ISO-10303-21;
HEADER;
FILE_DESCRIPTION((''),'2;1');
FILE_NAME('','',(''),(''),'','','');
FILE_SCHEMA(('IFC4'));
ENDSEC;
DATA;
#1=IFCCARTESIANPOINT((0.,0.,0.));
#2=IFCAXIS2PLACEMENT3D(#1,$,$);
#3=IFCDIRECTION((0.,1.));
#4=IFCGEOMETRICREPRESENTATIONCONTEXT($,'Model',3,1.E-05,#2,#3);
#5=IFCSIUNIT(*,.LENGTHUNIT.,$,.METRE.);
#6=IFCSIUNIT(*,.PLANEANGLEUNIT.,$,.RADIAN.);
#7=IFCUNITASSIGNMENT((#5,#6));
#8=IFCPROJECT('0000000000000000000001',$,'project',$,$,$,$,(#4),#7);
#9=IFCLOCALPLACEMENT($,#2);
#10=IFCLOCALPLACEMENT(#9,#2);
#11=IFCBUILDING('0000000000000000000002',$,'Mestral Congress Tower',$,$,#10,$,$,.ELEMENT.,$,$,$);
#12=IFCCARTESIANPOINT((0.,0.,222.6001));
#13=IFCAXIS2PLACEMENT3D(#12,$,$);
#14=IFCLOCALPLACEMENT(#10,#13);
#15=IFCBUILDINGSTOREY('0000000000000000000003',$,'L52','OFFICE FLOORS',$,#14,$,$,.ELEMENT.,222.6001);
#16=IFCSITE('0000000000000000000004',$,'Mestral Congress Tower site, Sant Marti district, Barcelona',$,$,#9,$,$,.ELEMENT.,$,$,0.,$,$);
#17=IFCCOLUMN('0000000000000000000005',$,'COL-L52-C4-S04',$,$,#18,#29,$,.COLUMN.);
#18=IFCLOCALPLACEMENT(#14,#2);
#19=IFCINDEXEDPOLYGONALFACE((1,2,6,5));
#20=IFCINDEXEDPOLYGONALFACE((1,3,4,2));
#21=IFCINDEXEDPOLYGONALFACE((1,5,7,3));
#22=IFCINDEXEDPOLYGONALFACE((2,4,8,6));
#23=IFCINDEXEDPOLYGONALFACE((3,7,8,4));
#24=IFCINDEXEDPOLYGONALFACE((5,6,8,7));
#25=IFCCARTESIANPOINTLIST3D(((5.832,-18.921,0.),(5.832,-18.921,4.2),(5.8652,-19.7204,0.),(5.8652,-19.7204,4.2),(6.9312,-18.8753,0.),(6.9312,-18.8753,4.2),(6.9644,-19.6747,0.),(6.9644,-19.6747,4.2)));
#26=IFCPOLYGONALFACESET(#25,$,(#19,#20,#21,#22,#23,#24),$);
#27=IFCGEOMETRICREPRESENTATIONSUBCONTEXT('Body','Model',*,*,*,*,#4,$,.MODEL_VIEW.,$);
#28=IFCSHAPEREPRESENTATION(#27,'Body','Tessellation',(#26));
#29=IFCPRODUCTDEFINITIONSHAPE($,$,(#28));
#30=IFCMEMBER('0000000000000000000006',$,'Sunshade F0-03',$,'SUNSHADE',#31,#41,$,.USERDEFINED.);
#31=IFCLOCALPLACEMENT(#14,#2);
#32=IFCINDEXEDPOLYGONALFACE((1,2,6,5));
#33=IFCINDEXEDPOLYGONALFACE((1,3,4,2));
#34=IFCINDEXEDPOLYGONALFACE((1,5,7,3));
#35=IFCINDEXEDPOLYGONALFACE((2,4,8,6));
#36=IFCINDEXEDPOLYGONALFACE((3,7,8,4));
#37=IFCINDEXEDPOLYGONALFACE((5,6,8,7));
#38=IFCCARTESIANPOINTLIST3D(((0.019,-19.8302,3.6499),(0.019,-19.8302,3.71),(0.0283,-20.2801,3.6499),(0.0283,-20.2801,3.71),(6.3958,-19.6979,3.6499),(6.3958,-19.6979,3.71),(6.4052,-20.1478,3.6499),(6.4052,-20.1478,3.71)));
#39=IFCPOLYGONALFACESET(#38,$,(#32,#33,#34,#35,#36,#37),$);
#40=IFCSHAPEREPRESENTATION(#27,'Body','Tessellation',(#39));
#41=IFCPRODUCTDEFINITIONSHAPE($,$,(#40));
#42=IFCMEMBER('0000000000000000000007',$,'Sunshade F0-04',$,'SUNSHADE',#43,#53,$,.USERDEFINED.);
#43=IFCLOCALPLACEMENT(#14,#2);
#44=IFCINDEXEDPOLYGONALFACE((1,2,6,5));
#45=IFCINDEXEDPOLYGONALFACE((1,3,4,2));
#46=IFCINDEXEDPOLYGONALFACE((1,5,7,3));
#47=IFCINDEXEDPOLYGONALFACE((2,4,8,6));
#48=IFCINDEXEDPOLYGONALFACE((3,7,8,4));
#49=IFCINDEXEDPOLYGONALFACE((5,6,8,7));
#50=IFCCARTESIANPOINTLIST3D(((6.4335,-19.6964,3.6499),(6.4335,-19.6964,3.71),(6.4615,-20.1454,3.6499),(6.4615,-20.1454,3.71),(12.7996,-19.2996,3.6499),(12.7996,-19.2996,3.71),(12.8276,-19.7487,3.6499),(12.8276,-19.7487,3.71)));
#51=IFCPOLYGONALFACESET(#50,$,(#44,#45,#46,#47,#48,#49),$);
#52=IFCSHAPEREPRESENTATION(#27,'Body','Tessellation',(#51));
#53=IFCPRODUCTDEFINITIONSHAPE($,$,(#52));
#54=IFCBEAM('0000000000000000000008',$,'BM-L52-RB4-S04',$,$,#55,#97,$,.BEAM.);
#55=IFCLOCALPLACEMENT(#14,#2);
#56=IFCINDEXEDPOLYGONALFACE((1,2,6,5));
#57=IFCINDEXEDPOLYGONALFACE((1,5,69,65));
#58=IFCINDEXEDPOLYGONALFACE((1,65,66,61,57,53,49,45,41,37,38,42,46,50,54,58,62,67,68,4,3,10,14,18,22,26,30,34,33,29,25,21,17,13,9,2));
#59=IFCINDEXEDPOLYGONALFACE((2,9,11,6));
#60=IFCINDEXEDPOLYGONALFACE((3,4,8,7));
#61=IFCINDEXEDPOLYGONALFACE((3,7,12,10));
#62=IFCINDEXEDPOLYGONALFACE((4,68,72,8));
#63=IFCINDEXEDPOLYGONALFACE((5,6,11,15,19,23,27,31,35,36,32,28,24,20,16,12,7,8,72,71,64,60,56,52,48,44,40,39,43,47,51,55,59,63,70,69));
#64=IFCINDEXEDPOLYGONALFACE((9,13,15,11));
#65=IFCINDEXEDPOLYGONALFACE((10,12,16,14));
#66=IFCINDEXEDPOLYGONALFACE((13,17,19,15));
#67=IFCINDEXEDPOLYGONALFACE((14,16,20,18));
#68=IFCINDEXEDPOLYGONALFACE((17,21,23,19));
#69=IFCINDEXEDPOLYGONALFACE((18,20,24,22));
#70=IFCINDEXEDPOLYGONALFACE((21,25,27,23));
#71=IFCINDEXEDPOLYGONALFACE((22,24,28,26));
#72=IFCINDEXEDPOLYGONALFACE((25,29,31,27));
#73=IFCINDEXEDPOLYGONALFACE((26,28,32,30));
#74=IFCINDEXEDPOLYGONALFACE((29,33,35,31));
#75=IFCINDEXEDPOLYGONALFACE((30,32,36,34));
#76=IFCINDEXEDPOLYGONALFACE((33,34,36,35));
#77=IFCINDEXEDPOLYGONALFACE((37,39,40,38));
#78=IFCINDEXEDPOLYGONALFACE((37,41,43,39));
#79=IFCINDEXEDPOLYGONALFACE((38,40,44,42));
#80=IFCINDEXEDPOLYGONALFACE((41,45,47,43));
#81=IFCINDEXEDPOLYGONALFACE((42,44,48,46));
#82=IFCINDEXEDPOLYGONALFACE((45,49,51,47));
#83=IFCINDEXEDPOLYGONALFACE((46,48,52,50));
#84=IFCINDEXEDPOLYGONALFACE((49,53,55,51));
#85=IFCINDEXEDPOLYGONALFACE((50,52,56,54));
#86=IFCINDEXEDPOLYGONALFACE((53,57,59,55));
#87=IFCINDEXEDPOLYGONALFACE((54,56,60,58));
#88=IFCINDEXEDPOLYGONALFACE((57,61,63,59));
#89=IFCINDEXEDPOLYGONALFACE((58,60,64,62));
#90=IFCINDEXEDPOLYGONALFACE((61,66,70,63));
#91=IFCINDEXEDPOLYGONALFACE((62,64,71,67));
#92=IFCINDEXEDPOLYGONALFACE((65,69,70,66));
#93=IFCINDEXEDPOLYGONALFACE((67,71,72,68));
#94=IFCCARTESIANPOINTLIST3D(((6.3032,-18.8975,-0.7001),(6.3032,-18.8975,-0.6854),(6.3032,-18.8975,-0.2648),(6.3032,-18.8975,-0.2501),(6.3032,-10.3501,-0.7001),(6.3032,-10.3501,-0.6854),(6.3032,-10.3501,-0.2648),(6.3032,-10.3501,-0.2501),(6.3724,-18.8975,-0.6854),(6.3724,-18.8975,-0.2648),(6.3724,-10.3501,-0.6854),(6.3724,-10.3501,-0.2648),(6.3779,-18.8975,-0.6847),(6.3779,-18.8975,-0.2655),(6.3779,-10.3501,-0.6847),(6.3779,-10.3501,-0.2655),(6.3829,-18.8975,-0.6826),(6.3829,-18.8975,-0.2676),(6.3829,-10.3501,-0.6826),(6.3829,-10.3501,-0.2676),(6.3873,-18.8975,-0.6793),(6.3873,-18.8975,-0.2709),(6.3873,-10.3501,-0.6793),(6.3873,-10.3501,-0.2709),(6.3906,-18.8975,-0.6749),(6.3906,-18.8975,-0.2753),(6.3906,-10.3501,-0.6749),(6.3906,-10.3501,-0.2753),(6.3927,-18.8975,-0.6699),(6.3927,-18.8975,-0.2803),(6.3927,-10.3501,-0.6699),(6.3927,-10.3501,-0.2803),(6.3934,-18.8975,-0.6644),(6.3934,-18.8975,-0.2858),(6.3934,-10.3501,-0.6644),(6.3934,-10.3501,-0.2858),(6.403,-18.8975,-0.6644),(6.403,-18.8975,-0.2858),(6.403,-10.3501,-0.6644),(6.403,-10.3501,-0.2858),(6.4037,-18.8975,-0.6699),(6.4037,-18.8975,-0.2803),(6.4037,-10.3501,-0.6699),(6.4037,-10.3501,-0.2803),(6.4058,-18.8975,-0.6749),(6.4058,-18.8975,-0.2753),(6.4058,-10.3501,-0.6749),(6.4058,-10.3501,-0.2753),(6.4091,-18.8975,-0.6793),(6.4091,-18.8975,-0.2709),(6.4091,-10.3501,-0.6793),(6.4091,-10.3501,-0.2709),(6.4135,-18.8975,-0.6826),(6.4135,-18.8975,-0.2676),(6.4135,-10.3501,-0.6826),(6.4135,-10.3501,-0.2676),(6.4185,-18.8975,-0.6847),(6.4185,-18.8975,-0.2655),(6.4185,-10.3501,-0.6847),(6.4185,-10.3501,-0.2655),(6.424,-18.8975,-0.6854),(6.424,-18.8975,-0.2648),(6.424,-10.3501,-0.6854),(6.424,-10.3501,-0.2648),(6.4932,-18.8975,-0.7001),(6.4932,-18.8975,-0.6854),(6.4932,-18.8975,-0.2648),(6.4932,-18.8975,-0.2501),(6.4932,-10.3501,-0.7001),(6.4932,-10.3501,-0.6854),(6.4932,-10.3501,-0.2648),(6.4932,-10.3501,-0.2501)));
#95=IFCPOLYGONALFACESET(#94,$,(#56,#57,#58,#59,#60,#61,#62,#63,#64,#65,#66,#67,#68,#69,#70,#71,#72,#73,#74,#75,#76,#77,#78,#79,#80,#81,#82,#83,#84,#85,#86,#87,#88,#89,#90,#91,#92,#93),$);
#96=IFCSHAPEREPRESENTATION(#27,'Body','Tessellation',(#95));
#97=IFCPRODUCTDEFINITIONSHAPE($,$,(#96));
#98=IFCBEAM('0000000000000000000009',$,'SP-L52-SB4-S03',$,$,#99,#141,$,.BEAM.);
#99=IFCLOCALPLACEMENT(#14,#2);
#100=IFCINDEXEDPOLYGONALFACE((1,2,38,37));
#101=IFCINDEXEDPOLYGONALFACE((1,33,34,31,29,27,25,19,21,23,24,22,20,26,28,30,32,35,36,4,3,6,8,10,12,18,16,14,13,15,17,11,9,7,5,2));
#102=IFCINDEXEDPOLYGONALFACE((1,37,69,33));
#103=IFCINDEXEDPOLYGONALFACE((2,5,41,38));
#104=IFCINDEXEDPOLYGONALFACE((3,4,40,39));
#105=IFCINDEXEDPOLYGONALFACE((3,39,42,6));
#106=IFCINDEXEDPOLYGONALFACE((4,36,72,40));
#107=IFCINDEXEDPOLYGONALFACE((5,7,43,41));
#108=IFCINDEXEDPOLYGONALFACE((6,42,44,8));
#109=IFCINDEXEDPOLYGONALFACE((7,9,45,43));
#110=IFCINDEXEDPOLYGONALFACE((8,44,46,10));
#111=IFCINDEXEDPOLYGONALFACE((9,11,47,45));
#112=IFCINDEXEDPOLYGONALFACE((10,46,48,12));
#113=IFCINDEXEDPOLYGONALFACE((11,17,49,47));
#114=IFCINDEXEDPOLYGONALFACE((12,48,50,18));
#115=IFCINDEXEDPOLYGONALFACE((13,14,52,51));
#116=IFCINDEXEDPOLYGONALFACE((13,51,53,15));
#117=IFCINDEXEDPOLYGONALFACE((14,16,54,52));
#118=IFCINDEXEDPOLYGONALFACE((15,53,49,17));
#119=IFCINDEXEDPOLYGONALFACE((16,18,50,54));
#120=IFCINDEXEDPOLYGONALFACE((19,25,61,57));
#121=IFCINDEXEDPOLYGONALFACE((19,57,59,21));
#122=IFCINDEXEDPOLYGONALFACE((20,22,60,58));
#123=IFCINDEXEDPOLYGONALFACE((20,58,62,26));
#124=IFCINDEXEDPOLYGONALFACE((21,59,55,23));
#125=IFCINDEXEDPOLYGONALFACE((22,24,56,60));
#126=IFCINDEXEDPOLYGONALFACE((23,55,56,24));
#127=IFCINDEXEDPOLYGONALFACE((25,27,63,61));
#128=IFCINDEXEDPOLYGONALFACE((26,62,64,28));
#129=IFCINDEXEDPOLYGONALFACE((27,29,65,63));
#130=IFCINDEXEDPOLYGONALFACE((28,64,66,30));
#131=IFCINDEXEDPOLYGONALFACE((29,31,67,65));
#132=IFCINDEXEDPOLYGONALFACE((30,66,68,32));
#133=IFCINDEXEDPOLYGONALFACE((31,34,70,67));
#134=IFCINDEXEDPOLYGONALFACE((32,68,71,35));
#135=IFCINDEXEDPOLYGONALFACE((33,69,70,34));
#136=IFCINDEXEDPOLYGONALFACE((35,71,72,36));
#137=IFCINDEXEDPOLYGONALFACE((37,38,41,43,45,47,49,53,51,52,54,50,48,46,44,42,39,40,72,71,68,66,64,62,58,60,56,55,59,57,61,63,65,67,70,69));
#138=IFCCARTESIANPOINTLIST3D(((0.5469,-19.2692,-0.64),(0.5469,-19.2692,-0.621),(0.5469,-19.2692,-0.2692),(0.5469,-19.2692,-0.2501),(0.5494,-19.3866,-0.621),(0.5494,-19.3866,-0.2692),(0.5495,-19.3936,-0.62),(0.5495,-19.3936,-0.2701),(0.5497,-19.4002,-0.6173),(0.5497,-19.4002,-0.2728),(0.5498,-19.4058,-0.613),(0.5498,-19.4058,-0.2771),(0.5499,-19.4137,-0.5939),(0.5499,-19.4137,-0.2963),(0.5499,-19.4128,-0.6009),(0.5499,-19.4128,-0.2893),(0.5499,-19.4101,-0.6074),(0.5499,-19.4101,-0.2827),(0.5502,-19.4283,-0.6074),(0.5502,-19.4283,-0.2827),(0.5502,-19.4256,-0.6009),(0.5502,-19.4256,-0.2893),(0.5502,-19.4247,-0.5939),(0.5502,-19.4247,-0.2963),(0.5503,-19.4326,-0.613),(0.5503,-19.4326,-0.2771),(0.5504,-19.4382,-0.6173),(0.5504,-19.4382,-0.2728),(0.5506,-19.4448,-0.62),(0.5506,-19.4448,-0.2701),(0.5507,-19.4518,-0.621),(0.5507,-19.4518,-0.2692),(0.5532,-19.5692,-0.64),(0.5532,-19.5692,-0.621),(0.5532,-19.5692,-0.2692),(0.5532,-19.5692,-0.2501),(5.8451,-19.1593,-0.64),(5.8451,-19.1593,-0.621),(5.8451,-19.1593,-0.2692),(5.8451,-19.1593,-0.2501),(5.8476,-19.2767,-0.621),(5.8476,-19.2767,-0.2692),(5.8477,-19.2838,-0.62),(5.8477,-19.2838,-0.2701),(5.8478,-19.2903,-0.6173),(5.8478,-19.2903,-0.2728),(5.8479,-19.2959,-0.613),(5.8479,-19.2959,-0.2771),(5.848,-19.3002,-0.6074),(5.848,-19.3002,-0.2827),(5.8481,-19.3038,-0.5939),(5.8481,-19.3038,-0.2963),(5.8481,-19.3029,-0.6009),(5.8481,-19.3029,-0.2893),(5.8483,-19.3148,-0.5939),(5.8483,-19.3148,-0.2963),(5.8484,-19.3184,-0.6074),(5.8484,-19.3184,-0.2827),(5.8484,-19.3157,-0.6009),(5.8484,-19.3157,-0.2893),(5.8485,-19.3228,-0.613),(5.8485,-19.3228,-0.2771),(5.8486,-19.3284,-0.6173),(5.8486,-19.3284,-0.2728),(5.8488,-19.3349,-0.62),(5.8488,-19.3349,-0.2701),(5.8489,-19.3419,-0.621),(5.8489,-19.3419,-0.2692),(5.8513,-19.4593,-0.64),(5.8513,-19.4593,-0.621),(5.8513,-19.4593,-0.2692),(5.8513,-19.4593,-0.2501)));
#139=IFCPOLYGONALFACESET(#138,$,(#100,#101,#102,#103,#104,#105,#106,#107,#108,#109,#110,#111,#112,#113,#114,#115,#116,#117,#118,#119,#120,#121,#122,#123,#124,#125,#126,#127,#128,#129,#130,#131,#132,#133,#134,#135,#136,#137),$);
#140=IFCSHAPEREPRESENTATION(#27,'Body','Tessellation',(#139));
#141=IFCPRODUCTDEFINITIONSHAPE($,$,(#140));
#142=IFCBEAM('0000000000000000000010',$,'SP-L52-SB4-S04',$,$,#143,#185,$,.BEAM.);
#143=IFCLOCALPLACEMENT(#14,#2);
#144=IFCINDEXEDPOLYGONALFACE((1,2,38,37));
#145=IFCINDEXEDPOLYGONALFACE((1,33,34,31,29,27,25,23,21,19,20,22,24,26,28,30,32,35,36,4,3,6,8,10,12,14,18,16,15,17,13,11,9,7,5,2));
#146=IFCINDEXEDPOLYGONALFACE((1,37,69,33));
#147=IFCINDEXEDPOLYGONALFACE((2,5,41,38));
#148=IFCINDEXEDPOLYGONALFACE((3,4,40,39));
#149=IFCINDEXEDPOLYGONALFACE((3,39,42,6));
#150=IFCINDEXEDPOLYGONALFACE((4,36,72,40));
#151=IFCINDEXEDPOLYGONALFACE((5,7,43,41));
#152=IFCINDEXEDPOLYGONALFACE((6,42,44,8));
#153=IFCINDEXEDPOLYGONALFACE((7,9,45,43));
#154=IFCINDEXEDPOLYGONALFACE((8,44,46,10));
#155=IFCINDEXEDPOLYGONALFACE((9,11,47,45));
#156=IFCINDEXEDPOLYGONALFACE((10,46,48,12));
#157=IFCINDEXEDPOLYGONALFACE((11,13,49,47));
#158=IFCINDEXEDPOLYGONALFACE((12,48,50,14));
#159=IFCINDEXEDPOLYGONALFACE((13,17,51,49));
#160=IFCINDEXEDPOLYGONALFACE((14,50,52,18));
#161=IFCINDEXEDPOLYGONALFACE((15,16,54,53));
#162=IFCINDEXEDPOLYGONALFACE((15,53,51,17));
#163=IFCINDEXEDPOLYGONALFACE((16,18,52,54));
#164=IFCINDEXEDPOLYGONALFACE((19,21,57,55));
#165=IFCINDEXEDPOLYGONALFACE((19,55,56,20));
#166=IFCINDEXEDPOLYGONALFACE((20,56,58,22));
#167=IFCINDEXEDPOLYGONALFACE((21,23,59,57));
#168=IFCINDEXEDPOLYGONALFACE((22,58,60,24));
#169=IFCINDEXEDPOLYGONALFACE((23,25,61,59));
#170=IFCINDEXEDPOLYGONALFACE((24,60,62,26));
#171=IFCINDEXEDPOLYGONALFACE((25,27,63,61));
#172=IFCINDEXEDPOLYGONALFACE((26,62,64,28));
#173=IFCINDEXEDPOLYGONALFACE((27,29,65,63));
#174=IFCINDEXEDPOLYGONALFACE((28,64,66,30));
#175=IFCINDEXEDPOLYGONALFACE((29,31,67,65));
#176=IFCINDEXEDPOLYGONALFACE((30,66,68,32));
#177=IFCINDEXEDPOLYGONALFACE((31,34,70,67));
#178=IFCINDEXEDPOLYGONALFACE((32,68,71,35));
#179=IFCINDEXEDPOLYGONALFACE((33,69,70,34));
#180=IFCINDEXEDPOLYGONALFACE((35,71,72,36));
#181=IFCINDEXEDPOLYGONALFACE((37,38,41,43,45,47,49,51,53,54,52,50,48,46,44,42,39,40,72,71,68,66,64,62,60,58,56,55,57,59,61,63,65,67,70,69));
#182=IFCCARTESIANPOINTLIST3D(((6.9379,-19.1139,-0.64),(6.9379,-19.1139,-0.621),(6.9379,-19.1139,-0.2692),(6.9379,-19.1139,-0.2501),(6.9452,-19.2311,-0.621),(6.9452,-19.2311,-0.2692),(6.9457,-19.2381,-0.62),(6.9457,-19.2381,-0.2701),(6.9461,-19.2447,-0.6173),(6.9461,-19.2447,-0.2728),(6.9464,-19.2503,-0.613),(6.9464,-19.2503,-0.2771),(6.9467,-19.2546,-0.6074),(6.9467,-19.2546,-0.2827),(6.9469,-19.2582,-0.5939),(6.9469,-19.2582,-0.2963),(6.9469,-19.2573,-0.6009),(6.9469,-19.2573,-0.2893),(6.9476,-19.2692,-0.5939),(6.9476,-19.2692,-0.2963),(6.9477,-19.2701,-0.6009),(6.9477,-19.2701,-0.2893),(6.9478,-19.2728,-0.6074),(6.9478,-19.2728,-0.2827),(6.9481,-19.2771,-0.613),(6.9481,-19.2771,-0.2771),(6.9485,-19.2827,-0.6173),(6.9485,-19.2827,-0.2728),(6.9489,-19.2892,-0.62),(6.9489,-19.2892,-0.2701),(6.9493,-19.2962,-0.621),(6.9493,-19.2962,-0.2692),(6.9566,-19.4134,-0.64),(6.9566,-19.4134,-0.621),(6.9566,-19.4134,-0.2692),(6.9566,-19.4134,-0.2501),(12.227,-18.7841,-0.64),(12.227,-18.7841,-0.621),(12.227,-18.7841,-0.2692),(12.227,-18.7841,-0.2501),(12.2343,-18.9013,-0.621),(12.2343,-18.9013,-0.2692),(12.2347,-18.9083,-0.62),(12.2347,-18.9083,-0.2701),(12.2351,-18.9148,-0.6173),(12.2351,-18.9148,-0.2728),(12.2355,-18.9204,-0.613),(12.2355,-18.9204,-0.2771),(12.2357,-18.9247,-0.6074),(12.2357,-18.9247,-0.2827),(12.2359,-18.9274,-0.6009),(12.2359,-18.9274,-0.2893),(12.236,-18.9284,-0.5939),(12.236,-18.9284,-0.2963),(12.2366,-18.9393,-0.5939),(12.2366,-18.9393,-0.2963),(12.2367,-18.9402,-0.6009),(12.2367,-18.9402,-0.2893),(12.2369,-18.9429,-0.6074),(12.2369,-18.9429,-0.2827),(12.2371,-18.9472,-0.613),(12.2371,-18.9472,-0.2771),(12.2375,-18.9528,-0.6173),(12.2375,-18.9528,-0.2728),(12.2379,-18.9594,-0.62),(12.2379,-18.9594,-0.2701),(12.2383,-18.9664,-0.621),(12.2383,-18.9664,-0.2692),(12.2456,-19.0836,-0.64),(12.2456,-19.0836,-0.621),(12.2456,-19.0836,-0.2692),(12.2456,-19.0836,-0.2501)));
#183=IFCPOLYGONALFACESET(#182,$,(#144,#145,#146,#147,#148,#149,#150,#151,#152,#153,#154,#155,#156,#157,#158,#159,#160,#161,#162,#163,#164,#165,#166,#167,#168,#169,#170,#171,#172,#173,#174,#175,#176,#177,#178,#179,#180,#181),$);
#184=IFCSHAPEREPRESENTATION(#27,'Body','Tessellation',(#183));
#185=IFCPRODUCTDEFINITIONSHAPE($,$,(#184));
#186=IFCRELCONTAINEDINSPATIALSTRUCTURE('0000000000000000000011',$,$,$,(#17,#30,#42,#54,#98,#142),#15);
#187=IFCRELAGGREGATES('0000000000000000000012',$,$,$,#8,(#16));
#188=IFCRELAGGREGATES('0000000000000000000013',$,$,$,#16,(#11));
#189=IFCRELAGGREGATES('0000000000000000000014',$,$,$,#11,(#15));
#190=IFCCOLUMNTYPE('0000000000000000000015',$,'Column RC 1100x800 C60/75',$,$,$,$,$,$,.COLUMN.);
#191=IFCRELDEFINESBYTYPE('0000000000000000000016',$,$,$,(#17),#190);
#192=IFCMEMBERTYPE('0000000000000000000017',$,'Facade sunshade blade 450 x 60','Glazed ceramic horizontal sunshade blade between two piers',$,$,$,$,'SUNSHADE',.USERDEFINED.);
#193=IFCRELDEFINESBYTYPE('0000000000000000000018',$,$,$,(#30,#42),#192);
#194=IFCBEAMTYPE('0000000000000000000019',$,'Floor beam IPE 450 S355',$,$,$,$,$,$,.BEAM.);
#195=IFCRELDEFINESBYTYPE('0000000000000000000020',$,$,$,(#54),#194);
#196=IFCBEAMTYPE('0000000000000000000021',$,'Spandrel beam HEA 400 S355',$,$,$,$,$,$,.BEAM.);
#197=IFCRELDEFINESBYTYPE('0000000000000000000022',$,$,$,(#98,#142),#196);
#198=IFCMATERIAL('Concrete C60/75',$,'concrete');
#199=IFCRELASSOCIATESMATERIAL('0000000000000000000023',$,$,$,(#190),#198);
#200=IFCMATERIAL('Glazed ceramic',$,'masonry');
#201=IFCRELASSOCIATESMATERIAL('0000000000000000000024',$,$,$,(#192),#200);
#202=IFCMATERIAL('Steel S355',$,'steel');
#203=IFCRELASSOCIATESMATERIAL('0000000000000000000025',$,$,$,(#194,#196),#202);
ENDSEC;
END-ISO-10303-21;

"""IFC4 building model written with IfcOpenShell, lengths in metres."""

from ifc_helpers import new_model, si_unit, direction, frame, origin, origin_2d, place, context, subcontext, project, spatial, rectangle, i_section, extrude, material, material_profile, profile_set, type_object, element, save


model = new_model("IFC4")

# Units and contexts
model_context = context("Model", 3, precision=1e-05, world=origin(), true_north=direction((0.0, 1.0)))
body_context = subcontext(model_context, "Body", "Model", "MODEL_VIEW")
ifc_project = project(units=[si_unit("LENGTHUNIT", "METRE"), si_unit("PLANEANGLEUNIT", "RADIAN")], contexts=[model_context])

# Site, building, storey
site_placement = place(None, origin())
site = spatial("IfcSite", under=ifc_project, at=site_placement, Name="Mestral Congress Tower site, Sant Marti district, Barcelona", CompositionType="ELEMENT", RefElevation=0.0)
building_placement = place(site_placement, origin())
building = spatial("IfcBuilding", under=site, at=building_placement, Name="Mestral Congress Tower", CompositionType="ELEMENT")
storey_placement = place(building_placement, frame((0.0, 0.0, 222.6001)))
storey = spatial("IfcBuildingStorey", under=building, at=storey_placement, Name="L52", Description="OFFICE FLOORS", CompositionType="ELEMENT", Elevation=222.6001)

# Column
ifc_material_1 = material(Name="Concrete C60/75", Category="concrete")
ifc_material_profile_1 = material_profile(ifc_material_1, rectangle(XDim=1.1001, YDim=0.8, at=origin_2d()), Name="RC 1100x800")
ifc_profile_set_1 = profile_set([ifc_material_profile_1], Name="Concrete C60/75")
column_type = type_object("IfcColumnType", Name="Column RC 1100x800 C60/75", PredefinedType="COLUMN", material=ifc_profile_set_1)
column_placement = place(storey_placement, frame((6.3982, -19.2979, 0.0), z_axis=(0.0, 0.0, 1.0), x_axis=(0.999139, 0.041492, 0.0)))
element("IfcColumn", 1, at=column_placement, inside=storey, type_object=column_type, Name="COL-L52-C4-S04", PredefinedType="COLUMN", context=body_context, shape_type="SweptSolid", body=[
    extrude(rectangle(XDim=1.1001, YDim=0.8, at=origin_2d()), origin(), (0.0, 0.0, 1.0), 4.2),
])

# Members
ifc_material_2 = material(Name="Glazed ceramic", Category="masonry")
ifc_material_profile_2 = material_profile(ifc_material_2, rectangle(XDim=0.45, YDim=0.0601, at=origin_2d()), Name="Ceramic blade 450 x 60")
ifc_profile_set_2 = profile_set([ifc_material_profile_2], Name="Glazed ceramic")
member_type = type_object("IfcMemberType", Name="Facade sunshade blade 450 x 60", Description="Glazed ceramic horizontal sunshade blade between two piers", ElementType="SUNSHADE", PredefinedType="USERDEFINED", material=ifc_profile_set_2)
member_1_placement = place(storey_placement, frame((0.0237, -20.0552, 3.6799), z_axis=(0.999785, 0.020747, 0.0), x_axis=(-0.020747, 0.999785, 0.0)))
element("IfcMember", 2, at=member_1_placement, inside=storey, type_object=member_type, Name="Sunshade F0-03", ObjectType="SUNSHADE", PredefinedType="USERDEFINED", context=body_context, shape_type="SweptSolid", body=[
    extrude(rectangle(XDim=0.45, YDim=0.0601, at=origin_2d()), origin(), (0.0, 0.0, 1.0), 6.3782),
])
member_2_placement = place(storey_placement, frame((6.4475, -19.9209, 3.6799), z_axis=(0.998064, 0.0622, 0.0), x_axis=(-0.0622, 0.998064, 0.0)))
element("IfcMember", 3, at=member_2_placement, inside=storey, type_object=member_type, Name="Sunshade F0-04", ObjectType="SUNSHADE", PredefinedType="USERDEFINED", context=body_context, shape_type="SweptSolid", body=[
    extrude(rectangle(XDim=0.45, YDim=0.0601, at=origin_2d()), origin(), (0.0, 0.0, 1.0), 6.3784),
])

# Beams
ifc_material_3 = material(Name="Steel S355", Category="steel")
ifc_material_profile_3 = material_profile(ifc_material_3, i_section(OverallWidth=0.1899, OverallDepth=0.45, WebThickness=0.0095, FlangeThickness=0.0146, FilletRadius=0.021, at=origin_2d()), Name="IPE 450")
ifc_profile_set_3 = profile_set([ifc_material_profile_3], Name="Steel S355")
beam_type_1 = type_object("IfcBeamType", Name="Floor beam IPE 450 S355", PredefinedType="BEAM", material=ifc_profile_set_3)
beam_placement = place(storey_placement, frame((6.3982, -18.8975, -0.4751), z_axis=(0.0, 1.0, 0.0), x_axis=(-1.0, 0.0, 0.0)))
element("IfcBeam", 4, at=beam_placement, inside=storey, type_object=beam_type_1, Name="BM-L52-RB4-S04", PredefinedType="BEAM", context=body_context, shape_type="SweptSolid", body=[
    extrude(i_section(OverallWidth=0.1899, OverallDepth=0.45, WebThickness=0.0095, FlangeThickness=0.0146, FilletRadius=0.021, at=origin_2d()), origin(), (0.0, 0.0, 1.0), 8.5474),
])
ifc_material_profile_4 = material_profile(ifc_material_3, i_section(OverallWidth=0.3, OverallDepth=0.3899, WebThickness=0.011, FlangeThickness=0.019, FilletRadius=0.0271, at=origin_2d()), Name="HEA 400")
ifc_profile_set_4 = profile_set([ifc_material_profile_4], Name="Steel S355")
beam_type_2 = type_object("IfcBeamType", Name="Spandrel beam HEA 400 S355", PredefinedType="BEAM", material=ifc_profile_set_4)
for number, where, z_axis, x_axis, name in (
    (5, (0.55, -19.4192, -0.4451), (0.999785, 0.020732, 0.0), (-0.020732, 0.999785, 0.0), "SP-L52-SB4-S03"),
    (6, (6.9473, -19.2637, -0.4451), (0.998061, 0.062241, 0.0), (-0.062241, 0.998061, 0.0), "SP-L52-SB4-S04"),
):
    element("IfcBeam", number, at=place(storey_placement, frame(where, z_axis=z_axis, x_axis=x_axis)), inside=storey, type_object=beam_type_2, Name=name, PredefinedType="BEAM", context=body_context, shape_type="SweptSolid", body=[
        extrude(i_section(OverallWidth=0.3, OverallDepth=0.3899, WebThickness=0.011, FlangeThickness=0.019, FilletRadius=0.0271, at=origin_2d()), origin(), (0.0, 0.0, 1.0), 5.2993),
    ])

save(model, "model.ifc")
